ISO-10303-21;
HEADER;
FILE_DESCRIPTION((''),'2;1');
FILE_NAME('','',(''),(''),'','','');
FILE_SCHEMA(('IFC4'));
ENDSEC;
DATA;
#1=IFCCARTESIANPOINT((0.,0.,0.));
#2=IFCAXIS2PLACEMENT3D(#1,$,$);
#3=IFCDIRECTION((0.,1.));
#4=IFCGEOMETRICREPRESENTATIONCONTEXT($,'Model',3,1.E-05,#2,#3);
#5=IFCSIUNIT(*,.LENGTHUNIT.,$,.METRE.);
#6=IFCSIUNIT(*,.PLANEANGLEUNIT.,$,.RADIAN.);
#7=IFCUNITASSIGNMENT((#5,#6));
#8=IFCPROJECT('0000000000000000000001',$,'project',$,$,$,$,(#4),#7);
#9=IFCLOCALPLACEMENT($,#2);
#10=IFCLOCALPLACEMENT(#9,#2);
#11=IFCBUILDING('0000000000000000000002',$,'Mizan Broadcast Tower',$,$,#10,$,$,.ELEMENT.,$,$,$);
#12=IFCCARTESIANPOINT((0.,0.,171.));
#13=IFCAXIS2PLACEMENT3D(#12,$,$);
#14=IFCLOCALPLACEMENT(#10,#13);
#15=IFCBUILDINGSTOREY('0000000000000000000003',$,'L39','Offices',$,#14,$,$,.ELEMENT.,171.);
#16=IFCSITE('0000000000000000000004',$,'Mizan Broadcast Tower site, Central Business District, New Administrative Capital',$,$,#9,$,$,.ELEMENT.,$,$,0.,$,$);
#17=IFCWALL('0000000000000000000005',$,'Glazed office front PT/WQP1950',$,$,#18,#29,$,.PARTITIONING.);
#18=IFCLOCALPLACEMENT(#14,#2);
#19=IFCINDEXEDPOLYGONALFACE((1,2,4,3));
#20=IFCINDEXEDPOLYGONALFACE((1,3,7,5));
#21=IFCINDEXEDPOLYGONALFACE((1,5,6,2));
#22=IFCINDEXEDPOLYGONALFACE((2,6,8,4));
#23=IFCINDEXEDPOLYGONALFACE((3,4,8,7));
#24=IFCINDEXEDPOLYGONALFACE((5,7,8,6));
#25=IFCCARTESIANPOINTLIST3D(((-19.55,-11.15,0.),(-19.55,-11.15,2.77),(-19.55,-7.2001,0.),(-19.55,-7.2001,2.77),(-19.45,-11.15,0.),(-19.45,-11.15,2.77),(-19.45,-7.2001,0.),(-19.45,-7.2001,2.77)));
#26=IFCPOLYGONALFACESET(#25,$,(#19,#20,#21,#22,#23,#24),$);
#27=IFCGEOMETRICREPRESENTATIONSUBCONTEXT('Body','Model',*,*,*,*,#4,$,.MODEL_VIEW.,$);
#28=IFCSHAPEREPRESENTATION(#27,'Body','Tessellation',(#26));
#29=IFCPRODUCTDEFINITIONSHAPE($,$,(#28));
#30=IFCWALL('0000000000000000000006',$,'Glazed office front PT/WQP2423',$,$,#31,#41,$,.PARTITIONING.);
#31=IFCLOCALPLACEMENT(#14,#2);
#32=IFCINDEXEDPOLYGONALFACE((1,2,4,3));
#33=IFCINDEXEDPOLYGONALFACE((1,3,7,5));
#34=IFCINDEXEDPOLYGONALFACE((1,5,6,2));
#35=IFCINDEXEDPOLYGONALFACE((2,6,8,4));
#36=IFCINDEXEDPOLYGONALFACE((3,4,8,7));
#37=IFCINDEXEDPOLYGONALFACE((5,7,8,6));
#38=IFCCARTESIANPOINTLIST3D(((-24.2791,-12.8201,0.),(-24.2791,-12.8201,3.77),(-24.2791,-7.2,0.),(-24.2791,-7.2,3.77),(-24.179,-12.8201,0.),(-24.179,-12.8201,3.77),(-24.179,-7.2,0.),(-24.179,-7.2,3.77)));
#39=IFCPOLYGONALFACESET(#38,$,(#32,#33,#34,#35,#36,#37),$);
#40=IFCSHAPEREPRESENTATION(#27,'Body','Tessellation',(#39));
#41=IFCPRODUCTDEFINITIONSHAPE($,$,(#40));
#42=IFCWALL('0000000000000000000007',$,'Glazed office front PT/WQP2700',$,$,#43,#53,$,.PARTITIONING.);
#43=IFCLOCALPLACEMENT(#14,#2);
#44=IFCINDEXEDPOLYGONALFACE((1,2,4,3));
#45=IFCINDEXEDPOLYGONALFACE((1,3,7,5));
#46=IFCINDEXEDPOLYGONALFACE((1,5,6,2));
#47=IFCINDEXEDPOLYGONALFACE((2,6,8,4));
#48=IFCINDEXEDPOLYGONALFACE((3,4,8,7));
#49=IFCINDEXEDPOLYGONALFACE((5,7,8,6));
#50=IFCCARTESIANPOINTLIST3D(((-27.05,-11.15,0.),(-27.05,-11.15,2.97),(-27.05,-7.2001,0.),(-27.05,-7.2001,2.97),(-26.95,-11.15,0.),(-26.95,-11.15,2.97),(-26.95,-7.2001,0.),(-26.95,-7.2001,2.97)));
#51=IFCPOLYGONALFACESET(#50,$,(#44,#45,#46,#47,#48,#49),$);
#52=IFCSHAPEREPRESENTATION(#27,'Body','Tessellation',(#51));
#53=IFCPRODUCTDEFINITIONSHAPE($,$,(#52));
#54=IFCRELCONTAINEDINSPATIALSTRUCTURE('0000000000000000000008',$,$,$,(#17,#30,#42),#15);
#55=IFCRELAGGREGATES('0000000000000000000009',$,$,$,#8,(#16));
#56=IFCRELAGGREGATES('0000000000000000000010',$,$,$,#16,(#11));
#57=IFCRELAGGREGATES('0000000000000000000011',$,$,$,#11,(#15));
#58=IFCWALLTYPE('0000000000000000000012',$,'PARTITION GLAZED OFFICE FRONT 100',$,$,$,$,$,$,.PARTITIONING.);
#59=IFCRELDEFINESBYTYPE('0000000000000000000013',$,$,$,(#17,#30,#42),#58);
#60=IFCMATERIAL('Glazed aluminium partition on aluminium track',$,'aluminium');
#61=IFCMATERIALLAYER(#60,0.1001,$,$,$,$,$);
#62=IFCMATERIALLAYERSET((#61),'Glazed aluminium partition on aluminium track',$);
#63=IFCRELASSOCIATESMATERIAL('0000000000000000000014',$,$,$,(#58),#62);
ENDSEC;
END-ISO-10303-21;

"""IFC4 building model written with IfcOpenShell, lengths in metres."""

from ifc_helpers import new_model, si_unit, direction, frame, frame_2d, origin, place, context, subcontext, project, spatial, rectangle, extrude, material, layer, layer_set, type_object, element, save


model = new_model("IFC4")

# Units and contexts
model_context = context("Model", 3, precision=1e-05, world=origin(), true_north=direction((0.0, 1.0)))
body_context = subcontext(model_context, "Body", "Model", "MODEL_VIEW")
ifc_project = project(units=[si_unit("LENGTHUNIT", "METRE"), si_unit("PLANEANGLEUNIT", "RADIAN")], contexts=[model_context])

# Site, building, storey
site_placement = place(None, origin())
site = spatial("IfcSite", under=ifc_project, at=site_placement, Name="Mizan Broadcast Tower site, Central Business District, New Administrative Capital", CompositionType="ELEMENT", RefElevation=0.0)
building_placement = place(site_placement, origin())
building = spatial("IfcBuilding", under=site, at=building_placement, Name="Mizan Broadcast Tower", CompositionType="ELEMENT")
storey_placement = place(building_placement, frame((0.0, 0.0, 171.0)))
storey = spatial("IfcBuildingStorey", under=building, at=storey_placement, Name="L39", Description="Offices", CompositionType="ELEMENT", Elevation=171.0)

# Shared definitions
ifc_material_1 = material(Name="Glazed aluminium partition on aluminium track", Category="aluminium")
ifc_layer_1 = layer(ifc_material_1, 0.1001)
ifc_layer_set_1 = layer_set([ifc_layer_1], Name="Glazed aluminium partition on aluminium track")
wall_type_1 = type_object("IfcWallType", Name="PARTITION GLAZED OFFICE FRONT 100", PredefinedType="PARTITIONING", material=ifc_layer_set_1)

# Walls
wall_1_placement = place(storey_placement, frame((-19.5, -7.2, 0.0), z_axis=(0.0, 0.0, 1.0), x_axis=(0.0, -1.0, 0.0)))
element("IfcWall", 1, at=wall_1_placement, inside=storey, type_object=wall_type_1, Name="Glazed office front PT/WQP1950", PredefinedType="PARTITIONING", context=body_context, shape_type="SweptSolid", body=[
    extrude(rectangle(XDim=3.95, YDim=0.1001, at=frame_2d((1.9751, 0.0))), origin(), (0.0, 0.0, 1.0), 2.77),
])
wall_2_placement = place(storey_placement, frame((-24.229, -7.2, 0.0), z_axis=(0.0, 0.0, 1.0), x_axis=(0.0, -1.0, 0.0)))
element("IfcWall", 2, at=wall_2_placement, inside=storey, type_object=wall_type_1, Name="Glazed office front PT/WQP2423", PredefinedType="PARTITIONING", context=body_context, shape_type="SweptSolid", body=[
    extrude(rectangle(XDim=5.6201, YDim=0.1001, at=frame_2d((2.8101, 0.0))), origin(), (0.0, 0.0, 1.0), 3.77),
])
wall_3_placement = place(storey_placement, frame((-27.0, -7.2, 0.0), z_axis=(0.0, 0.0, 1.0), x_axis=(0.0, -1.0, 0.0)))
element("IfcWall", 3, at=wall_3_placement, inside=storey, type_object=wall_type_1, Name="Glazed office front PT/WQP2700", PredefinedType="PARTITIONING", context=body_context, shape_type="SweptSolid", body=[
    extrude(rectangle(XDim=3.95, YDim=0.1001, at=frame_2d((1.9751, 0.0))), origin(), (0.0, 0.0, 1.0), 2.97),
])

save(model, "model.ifc")
